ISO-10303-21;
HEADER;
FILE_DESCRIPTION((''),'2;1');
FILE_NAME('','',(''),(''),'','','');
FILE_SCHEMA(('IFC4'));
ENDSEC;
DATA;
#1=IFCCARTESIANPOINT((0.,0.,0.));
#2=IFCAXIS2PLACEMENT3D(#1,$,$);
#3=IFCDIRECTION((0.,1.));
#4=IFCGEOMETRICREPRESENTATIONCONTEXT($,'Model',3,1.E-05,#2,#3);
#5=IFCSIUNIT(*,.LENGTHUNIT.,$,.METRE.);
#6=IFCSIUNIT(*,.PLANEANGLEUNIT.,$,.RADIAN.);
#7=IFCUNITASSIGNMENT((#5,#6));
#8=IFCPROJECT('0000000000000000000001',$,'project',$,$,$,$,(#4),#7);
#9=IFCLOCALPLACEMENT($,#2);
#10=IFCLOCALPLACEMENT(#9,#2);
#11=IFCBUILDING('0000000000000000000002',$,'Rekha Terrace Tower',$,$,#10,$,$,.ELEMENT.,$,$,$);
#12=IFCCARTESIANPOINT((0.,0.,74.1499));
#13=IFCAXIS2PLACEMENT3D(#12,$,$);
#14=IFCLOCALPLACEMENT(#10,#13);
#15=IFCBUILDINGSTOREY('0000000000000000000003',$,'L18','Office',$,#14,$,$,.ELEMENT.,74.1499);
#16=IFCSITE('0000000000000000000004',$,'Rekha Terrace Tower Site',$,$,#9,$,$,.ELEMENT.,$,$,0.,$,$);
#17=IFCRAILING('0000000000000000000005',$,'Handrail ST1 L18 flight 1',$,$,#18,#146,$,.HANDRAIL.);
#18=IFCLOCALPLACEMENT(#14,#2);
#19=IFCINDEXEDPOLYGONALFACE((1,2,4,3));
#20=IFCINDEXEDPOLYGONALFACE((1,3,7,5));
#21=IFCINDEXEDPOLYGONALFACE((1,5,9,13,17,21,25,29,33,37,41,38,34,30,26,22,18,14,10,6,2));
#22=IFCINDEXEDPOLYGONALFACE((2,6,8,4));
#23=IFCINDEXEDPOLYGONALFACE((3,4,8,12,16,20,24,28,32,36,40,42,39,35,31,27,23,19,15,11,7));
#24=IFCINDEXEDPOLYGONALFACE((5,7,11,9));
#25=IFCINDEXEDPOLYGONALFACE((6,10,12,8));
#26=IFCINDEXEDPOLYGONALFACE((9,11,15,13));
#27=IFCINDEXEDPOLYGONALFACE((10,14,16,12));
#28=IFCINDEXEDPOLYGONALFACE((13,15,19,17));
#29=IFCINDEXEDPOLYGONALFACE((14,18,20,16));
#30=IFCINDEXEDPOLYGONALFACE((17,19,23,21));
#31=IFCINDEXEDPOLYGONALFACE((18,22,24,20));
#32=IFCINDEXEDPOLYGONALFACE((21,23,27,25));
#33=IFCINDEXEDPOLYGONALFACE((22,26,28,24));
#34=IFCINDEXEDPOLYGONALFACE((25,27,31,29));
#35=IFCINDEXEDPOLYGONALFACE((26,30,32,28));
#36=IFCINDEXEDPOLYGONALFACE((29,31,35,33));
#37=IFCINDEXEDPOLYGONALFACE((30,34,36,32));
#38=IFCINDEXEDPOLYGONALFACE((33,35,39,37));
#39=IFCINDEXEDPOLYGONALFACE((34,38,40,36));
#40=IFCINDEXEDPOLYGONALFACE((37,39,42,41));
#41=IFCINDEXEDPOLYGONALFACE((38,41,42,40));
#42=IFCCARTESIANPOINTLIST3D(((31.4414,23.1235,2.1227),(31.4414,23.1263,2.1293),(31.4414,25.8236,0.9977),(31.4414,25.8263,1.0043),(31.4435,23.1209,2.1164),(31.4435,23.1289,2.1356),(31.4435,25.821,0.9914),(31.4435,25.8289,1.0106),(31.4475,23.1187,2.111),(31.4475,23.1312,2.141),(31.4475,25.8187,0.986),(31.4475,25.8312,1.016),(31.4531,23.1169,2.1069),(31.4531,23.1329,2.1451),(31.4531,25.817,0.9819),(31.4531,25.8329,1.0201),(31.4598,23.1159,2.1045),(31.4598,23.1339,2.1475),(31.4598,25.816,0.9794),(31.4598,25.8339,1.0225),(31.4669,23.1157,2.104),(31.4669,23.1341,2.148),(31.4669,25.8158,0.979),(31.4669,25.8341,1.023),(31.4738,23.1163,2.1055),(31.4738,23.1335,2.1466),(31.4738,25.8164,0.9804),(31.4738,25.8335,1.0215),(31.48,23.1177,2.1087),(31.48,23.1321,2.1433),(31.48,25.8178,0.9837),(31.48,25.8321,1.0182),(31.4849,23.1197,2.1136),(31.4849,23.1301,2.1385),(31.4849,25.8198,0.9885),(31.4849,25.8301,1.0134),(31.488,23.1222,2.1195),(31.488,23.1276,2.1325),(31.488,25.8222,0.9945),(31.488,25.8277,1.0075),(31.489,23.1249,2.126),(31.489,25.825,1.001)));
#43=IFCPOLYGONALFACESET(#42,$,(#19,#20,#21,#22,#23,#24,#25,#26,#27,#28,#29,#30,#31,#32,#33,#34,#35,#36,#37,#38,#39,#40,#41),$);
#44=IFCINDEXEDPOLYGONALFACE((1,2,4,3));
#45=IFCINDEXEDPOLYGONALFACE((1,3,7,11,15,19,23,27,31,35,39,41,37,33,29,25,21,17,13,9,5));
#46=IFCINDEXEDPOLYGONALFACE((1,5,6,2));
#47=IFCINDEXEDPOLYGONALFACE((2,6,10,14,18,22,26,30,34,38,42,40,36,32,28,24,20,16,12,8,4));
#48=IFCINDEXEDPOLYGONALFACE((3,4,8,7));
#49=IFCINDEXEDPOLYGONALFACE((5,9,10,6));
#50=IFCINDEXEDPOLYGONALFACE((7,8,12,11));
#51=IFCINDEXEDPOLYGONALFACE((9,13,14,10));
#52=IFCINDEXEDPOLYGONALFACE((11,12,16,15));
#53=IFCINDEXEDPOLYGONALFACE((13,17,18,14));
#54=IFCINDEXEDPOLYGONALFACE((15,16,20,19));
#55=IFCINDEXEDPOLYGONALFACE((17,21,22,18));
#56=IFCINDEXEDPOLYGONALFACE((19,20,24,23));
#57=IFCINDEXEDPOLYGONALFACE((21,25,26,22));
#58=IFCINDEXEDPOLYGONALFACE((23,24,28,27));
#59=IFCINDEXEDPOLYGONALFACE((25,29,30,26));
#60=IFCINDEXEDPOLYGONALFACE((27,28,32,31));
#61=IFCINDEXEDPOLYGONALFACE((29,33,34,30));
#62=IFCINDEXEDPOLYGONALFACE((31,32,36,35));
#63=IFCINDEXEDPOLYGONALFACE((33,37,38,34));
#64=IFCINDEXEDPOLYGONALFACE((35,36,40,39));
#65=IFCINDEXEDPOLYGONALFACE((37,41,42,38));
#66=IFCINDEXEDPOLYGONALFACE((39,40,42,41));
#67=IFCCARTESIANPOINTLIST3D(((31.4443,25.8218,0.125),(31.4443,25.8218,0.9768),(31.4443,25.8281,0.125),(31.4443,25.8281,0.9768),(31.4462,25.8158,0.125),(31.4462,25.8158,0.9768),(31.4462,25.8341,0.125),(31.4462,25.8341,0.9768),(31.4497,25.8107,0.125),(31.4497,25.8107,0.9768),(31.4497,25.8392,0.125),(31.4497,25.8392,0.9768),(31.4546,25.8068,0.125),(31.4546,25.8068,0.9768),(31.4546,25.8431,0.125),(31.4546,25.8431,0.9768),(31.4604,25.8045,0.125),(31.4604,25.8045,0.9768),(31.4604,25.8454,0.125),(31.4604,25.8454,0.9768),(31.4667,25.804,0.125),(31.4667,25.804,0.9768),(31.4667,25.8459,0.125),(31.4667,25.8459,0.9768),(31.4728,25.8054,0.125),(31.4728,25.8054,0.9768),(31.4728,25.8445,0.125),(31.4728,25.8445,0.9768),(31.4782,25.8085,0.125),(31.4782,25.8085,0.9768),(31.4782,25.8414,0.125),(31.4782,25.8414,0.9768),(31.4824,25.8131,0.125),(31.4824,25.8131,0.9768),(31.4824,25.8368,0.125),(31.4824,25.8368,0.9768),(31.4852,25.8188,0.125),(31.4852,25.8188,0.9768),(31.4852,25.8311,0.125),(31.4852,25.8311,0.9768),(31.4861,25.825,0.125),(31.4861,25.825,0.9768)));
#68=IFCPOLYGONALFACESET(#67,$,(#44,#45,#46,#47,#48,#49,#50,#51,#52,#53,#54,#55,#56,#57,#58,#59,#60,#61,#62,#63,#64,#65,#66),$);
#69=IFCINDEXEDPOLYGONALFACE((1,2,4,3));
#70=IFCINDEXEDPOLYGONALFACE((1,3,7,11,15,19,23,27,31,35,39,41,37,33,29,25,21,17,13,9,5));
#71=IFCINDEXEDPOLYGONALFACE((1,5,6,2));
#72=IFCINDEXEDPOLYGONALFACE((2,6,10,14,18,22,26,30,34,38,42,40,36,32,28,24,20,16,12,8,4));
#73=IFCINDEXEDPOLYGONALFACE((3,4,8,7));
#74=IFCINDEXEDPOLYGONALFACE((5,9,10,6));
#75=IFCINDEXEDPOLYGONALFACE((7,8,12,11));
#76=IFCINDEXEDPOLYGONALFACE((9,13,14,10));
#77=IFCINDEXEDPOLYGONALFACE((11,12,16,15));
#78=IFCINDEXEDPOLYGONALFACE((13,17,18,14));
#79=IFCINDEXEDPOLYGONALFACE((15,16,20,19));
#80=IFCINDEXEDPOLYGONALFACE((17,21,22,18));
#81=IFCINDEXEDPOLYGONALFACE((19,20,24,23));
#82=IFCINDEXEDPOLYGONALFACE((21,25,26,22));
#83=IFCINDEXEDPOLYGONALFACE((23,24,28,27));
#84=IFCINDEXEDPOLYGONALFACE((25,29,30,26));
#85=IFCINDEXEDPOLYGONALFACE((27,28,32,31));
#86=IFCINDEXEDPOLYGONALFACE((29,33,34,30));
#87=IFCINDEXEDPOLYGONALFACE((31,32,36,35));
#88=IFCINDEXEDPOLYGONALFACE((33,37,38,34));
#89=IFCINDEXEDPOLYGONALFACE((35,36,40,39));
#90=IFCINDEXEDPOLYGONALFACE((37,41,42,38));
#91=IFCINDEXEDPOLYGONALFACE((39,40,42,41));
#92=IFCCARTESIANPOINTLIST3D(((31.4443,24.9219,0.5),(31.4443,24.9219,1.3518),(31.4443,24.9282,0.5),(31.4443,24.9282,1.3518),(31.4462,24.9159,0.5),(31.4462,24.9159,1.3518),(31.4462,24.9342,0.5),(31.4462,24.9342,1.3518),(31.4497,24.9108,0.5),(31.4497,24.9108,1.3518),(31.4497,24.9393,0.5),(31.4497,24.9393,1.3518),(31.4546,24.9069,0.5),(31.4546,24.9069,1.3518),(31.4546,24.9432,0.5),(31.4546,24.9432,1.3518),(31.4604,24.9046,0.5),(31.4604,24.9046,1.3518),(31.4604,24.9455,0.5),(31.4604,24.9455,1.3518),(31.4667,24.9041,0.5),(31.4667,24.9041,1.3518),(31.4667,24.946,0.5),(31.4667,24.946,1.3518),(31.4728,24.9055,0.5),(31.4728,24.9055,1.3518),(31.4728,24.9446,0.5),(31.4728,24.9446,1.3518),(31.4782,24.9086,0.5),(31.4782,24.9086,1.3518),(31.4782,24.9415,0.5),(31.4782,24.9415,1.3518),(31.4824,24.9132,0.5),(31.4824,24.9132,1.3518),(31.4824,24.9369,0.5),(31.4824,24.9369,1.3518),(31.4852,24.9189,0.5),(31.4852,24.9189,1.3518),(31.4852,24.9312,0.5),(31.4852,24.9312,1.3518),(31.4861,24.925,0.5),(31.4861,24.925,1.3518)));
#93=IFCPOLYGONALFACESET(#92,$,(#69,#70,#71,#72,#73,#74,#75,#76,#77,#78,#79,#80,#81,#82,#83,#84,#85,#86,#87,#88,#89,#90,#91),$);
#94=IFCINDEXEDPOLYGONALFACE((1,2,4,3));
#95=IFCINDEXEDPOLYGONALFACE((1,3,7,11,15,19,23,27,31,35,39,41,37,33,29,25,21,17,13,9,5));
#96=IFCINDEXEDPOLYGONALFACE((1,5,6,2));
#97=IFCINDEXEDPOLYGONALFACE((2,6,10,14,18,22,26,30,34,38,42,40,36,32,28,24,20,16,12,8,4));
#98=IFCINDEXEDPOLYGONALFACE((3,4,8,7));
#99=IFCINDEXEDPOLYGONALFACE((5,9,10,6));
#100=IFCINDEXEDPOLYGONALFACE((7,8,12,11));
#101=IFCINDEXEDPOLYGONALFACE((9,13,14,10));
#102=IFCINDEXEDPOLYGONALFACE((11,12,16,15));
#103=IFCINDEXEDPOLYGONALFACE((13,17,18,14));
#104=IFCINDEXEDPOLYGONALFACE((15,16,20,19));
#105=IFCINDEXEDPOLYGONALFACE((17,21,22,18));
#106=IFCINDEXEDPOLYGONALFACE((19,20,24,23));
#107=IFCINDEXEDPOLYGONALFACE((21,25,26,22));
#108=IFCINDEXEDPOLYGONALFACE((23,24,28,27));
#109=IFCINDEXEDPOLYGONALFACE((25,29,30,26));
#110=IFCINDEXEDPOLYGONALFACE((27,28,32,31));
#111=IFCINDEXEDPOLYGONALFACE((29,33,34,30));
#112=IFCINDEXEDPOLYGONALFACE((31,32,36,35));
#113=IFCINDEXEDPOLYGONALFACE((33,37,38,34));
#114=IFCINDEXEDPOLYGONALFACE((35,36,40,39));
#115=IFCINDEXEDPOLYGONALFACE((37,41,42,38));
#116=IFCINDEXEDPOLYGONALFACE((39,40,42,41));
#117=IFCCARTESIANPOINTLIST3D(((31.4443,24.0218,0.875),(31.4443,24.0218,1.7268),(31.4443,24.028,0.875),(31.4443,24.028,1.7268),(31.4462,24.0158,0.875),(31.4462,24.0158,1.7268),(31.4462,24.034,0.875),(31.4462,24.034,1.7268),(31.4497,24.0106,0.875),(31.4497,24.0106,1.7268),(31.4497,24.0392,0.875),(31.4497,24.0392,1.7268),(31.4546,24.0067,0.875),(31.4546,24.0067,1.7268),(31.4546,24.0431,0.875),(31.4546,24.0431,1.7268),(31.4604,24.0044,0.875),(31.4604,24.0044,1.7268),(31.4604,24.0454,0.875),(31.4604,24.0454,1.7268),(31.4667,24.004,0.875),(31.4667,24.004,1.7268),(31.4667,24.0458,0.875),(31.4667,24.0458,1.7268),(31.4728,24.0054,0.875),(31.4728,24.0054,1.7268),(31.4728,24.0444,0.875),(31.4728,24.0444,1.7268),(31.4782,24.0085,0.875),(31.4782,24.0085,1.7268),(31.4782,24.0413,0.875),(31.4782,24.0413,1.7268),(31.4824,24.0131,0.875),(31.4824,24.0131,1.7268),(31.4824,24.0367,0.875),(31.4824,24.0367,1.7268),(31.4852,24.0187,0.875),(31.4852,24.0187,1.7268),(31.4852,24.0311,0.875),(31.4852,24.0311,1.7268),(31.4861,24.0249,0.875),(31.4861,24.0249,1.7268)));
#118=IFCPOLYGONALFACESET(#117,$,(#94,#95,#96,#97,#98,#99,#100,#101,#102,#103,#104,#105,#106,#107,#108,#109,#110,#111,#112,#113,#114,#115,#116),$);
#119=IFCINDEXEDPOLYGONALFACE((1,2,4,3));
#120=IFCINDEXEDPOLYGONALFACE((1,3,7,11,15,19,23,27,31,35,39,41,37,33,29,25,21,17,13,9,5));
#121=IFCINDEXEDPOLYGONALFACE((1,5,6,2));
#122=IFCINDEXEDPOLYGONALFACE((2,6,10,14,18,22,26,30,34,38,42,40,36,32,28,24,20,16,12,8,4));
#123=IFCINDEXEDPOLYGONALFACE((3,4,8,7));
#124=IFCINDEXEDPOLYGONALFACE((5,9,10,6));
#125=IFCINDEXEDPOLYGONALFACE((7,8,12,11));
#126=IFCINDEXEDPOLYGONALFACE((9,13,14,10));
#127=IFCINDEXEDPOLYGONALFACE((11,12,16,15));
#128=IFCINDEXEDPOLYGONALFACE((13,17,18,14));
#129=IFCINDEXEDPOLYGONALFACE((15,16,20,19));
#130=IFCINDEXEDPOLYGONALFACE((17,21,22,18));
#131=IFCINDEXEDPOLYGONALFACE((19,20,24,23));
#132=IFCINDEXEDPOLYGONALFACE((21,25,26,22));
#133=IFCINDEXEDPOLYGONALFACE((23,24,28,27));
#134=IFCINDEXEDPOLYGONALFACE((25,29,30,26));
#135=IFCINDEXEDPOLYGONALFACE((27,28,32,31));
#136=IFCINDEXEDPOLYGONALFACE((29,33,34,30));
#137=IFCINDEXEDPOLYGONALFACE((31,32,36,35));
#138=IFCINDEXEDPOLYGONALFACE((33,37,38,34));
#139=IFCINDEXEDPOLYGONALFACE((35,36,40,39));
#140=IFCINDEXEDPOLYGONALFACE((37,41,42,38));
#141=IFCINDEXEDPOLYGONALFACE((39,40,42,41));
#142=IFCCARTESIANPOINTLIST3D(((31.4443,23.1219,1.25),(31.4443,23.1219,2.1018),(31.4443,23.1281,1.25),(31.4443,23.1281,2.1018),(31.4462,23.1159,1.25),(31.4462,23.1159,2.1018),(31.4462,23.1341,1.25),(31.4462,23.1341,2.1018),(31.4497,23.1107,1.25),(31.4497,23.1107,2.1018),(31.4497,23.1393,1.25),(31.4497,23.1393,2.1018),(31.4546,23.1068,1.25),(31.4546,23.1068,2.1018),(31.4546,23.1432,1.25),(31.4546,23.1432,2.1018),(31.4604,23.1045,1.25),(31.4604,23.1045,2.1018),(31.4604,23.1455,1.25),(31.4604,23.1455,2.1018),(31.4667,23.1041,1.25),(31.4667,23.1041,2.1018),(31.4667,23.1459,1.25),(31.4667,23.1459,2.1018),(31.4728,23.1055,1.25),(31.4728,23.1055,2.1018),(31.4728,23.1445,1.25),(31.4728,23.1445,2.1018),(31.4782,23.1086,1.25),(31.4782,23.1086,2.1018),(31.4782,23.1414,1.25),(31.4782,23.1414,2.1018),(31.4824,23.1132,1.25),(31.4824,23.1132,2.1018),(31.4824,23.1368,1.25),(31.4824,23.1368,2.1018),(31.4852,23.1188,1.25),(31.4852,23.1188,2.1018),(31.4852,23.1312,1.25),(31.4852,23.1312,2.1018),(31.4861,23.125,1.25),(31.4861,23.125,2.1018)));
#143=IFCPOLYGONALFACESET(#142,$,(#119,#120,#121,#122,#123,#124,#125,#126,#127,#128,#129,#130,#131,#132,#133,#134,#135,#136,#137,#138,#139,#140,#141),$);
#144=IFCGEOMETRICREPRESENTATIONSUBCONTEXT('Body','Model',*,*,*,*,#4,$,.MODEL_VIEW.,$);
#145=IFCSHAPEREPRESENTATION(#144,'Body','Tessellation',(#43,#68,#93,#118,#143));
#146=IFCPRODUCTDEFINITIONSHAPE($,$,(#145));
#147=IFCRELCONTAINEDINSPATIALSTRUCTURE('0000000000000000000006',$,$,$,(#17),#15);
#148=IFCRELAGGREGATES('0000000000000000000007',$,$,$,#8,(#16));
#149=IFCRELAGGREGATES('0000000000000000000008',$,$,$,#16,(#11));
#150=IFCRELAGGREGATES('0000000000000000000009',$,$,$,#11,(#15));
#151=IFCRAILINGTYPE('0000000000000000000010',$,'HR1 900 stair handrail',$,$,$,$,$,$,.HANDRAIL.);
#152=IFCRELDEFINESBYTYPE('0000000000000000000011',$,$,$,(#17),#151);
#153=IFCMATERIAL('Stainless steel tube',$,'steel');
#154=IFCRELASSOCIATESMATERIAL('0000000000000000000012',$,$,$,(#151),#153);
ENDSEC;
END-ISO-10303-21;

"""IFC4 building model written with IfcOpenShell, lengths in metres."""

from ifc_helpers import new_model, si_unit, direction, frame, origin, origin_2d, place, context, subcontext, project, spatial, circle, extrude, material, type_object, element, save


model = new_model("IFC4")

# Units and contexts
model_context = context("Model", 3, precision=1e-05, world=origin(), true_north=direction((0.0, 1.0)))
body_context = subcontext(model_context, "Body", "Model", "MODEL_VIEW")
ifc_project = project(units=[si_unit("LENGTHUNIT", "METRE"), si_unit("PLANEANGLEUNIT", "RADIAN")], contexts=[model_context])

# Site, building, storey
site_placement = place(None, origin())
site = spatial("IfcSite", under=ifc_project, at=site_placement, Name="Rekha Terrace Tower Site", CompositionType="ELEMENT", RefElevation=0.0)
building_placement = place(site_placement, origin())
building = spatial("IfcBuilding", under=site, at=building_placement, Name="Rekha Terrace Tower", CompositionType="ELEMENT")
storey_placement = place(building_placement, frame((0.0, 0.0, 74.1499)))
storey = spatial("IfcBuildingStorey", under=building, at=storey_placement, Name="L18", Description="Office", CompositionType="ELEMENT", Elevation=74.1499)

# Railing
ifc_material_1 = material(Name="Stainless steel tube", Category="steel")
railing_type_1 = type_object("IfcRailingType", Name="HR1 900 stair handrail", PredefinedType="HANDRAIL", material=ifc_material_1)
railing_1_placement = place(storey_placement, frame((31.4651, 25.825, 0.125)))
element("IfcRailing", 1, at=railing_1_placement, inside=storey, type_object=railing_type_1, Name="Handrail ST1 L18 flight 1", PredefinedType="HANDRAIL", context=body_context, shape_type="SweptSolid", body=[
    extrude(circle(Radius=0.0239, at=origin_2d()), frame((0.0, 0.0, 0.876), z_axis=(0.0, -0.923074, 0.384621), x_axis=(1.0, 0.0, 0.0)), (0.0, 0.0, 1.0), 2.925),
    extrude(circle(Radius=0.021, at=origin_2d()), origin(), (0.0, 0.0, 1.0), 0.8518),
    extrude(circle(Radius=0.021, at=origin_2d()), frame((0.0, -0.8999, 0.375)), (0.0, 0.0, 1.0), 0.8518),
    extrude(circle(Radius=0.021, at=origin_2d()), frame((0.0, -1.8, 0.75)), (0.0, 0.0, 1.0), 0.8518),
    extrude(circle(Radius=0.021, at=origin_2d()), frame((0.0, -2.7, 1.125)), (0.0, 0.0, 1.0), 0.8518),
])

save(model, "model.ifc")
